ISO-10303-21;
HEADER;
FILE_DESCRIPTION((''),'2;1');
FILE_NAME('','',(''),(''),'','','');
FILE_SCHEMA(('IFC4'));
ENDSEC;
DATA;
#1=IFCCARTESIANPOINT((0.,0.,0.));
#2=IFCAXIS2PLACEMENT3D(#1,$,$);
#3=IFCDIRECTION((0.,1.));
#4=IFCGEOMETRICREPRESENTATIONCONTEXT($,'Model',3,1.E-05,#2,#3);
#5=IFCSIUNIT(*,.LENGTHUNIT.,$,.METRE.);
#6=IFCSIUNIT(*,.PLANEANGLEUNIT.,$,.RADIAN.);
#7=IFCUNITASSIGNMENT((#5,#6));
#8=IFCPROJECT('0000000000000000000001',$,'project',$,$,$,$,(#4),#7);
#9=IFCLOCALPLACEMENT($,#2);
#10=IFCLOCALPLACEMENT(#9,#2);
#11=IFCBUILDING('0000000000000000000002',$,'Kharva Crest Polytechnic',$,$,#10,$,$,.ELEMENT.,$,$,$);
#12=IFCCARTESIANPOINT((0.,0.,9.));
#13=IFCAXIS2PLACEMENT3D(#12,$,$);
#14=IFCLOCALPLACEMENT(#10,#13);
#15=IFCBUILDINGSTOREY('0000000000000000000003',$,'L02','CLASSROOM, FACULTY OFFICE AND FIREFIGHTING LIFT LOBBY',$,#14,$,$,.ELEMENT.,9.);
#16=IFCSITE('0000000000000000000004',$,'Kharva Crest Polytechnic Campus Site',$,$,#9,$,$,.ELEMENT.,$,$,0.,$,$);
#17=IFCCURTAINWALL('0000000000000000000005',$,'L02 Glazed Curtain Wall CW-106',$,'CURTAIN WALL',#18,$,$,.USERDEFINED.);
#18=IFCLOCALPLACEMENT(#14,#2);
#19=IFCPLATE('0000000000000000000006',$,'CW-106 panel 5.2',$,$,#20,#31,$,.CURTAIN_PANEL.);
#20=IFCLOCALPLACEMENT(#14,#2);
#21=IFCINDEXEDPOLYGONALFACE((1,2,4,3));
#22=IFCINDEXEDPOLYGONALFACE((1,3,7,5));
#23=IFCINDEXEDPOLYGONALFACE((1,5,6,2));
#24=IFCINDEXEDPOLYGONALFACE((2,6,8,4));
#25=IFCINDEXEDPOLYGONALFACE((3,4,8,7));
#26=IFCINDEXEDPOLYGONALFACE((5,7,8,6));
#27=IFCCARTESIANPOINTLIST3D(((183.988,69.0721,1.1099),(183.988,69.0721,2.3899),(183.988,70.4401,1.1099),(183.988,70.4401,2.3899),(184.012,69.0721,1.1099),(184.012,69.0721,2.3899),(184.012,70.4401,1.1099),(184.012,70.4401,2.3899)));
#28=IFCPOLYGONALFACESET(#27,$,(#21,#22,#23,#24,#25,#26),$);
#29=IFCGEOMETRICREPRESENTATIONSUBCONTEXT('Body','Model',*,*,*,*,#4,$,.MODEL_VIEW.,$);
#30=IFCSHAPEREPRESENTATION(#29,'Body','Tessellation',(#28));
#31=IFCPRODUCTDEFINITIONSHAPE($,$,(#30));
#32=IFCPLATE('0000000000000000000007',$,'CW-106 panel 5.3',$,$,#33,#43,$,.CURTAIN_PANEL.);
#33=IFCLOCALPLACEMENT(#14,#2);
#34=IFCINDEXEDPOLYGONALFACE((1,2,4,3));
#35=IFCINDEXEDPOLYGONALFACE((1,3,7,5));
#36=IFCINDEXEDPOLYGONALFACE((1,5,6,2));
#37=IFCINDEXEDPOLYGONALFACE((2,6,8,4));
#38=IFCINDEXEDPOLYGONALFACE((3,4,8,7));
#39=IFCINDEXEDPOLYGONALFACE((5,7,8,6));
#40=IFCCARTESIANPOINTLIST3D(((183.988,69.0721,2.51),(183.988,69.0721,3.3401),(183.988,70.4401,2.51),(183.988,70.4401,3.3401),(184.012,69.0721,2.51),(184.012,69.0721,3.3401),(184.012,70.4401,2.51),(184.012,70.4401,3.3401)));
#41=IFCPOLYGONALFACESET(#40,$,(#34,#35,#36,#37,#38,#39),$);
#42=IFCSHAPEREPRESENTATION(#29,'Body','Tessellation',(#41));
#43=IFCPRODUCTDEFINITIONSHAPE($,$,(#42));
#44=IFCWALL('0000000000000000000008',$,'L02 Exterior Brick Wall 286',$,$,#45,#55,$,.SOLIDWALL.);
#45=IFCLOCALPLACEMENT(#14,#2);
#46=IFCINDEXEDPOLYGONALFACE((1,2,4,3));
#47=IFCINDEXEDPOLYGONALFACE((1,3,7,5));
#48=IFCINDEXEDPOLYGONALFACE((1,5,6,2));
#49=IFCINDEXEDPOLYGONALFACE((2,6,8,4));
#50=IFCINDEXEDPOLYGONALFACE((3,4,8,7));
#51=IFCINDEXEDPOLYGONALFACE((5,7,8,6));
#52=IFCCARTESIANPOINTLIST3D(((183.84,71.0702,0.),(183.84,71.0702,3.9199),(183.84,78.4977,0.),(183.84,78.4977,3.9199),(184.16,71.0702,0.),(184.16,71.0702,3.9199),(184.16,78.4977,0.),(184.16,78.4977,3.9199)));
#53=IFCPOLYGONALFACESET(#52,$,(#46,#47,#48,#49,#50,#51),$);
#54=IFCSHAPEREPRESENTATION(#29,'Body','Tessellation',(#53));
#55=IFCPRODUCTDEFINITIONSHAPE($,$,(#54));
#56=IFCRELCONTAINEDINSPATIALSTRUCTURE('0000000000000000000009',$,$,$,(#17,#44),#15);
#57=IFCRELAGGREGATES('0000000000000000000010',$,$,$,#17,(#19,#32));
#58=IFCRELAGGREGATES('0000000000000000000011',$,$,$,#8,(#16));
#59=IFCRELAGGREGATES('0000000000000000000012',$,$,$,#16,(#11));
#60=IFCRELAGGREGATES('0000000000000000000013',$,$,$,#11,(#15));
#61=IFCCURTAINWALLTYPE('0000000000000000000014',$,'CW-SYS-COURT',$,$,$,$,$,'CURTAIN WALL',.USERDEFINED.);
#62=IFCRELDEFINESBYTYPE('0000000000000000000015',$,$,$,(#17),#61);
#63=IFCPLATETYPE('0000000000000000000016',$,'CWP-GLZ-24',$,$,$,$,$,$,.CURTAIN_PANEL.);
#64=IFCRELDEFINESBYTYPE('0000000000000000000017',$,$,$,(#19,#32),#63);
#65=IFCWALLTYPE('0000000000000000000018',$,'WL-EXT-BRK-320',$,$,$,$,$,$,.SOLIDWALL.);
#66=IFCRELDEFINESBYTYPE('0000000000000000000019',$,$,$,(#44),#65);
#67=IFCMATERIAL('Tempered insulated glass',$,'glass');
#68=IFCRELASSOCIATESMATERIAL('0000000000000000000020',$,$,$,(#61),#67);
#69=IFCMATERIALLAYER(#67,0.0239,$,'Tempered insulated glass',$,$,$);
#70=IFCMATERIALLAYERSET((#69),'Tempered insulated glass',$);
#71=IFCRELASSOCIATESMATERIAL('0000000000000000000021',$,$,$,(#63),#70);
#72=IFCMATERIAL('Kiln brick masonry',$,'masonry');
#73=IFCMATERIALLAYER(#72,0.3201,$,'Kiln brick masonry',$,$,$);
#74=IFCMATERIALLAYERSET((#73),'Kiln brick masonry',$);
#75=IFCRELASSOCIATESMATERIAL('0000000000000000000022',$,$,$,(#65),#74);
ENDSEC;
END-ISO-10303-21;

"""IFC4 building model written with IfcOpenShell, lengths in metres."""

from ifc_helpers import new_model, si_unit, direction, frame, frame_2d, origin, origin_2d, place, context, subcontext, project, spatial, rectangle, extrude, material, layer, layer_set, type_object, element, aggregate, save


model = new_model("IFC4")

# Units and contexts
model_context = context("Model", 3, precision=1e-05, world=origin(), true_north=direction((0.0, 1.0)))
body_context = subcontext(model_context, "Body", "Model", "MODEL_VIEW")
ifc_project = project(units=[si_unit("LENGTHUNIT", "METRE"), si_unit("PLANEANGLEUNIT", "RADIAN")], contexts=[model_context])

# Site, building, storey
site_placement = place(None, origin())
site = spatial("IfcSite", under=ifc_project, at=site_placement, Name="Kharva Crest Polytechnic Campus Site", CompositionType="ELEMENT", RefElevation=0.0)
building_placement = place(site_placement, origin())
building = spatial("IfcBuilding", under=site, at=building_placement, Name="Kharva Crest Polytechnic", CompositionType="ELEMENT")
storey_placement = place(building_placement, frame((0.0, 0.0, 9.0)))
storey = spatial("IfcBuildingStorey", under=building, at=storey_placement, Name="L02", Description="CLASSROOM, FACULTY OFFICE AND FIREFIGHTING LIFT LOBBY", CompositionType="ELEMENT", Elevation=9.0)

# Curtain wall, plates
ifc_material_1 = material(Name="Tempered insulated glass", Category="glass")
curtain_wall_type = type_object("IfcCurtainWallType", Name="CW-SYS-COURT", ElementType="CURTAIN WALL", PredefinedType="USERDEFINED", material=ifc_material_1)
curtain_wall_placement = place(storey_placement, origin())
curtain_wall = element("IfcCurtainWall", 1, at=curtain_wall_placement, inside=storey, type_object=curtain_wall_type, Name="L02 Glazed Curtain Wall CW-106", ObjectType="CURTAIN WALL", PredefinedType="USERDEFINED")
ifc_layer_1 = layer(ifc_material_1, 0.0239, Name="Tempered insulated glass")
ifc_layer_set_1 = layer_set([ifc_layer_1], Name="Tempered insulated glass")
plate_type = type_object("IfcPlateType", Name="CWP-GLZ-24", PredefinedType="CURTAIN_PANEL", material=ifc_layer_set_1)
plate_1_placement = place(storey_placement, frame((184.0, 69.7561, 1.1099), z_axis=(0.0, 0.0, 1.0), x_axis=(0.0, 1.0, 0.0)))
plate_1 = element("IfcPlate", 2, at=plate_1_placement, type_object=plate_type, Name="CW-106 panel 5.2", PredefinedType="CURTAIN_PANEL", context=body_context, shape_type="SweptSolid", body=[
    extrude(rectangle(XDim=1.3679, YDim=0.0239, at=origin_2d()), origin(), (0.0, 0.0, 1.0), 1.28),
])
plate_2_placement = place(storey_placement, frame((184.0, 69.7561, 2.51), z_axis=(0.0, 0.0, 1.0), x_axis=(0.0, 1.0, 0.0)))
plate_2 = element("IfcPlate", 3, at=plate_2_placement, type_object=plate_type, Name="CW-106 panel 5.3", PredefinedType="CURTAIN_PANEL", context=body_context, shape_type="SweptSolid", body=[
    extrude(rectangle(XDim=1.3679, YDim=0.0239, at=origin_2d()), origin(), (0.0, 0.0, 1.0), 0.8301),
])
aggregate(curtain_wall, [plate_1, plate_2])

# Wall
ifc_material_2 = material(Name="Kiln brick masonry", Category="masonry")
ifc_layer_2 = layer(ifc_material_2, 0.3201, Name="Kiln brick masonry")
ifc_layer_set_2 = layer_set([ifc_layer_2], Name="Kiln brick masonry")
wall_type = type_object("IfcWallType", Name="WL-EXT-BRK-320", PredefinedType="SOLIDWALL", material=ifc_layer_set_2)
wall_placement = place(storey_placement, frame((184.0, 71.0701, 0.0), z_axis=(0.0, 0.0, 1.0), x_axis=(0.0, 1.0, 0.0)))
element("IfcWall", 4, at=wall_placement, inside=storey, type_object=wall_type, Name="L02 Exterior Brick Wall 286", PredefinedType="SOLIDWALL", context=body_context, shape_type="SweptSolid", body=[
    extrude(rectangle(XDim=7.4275, YDim=0.3201, at=frame_2d((3.7139, 0.0))), origin(), (0.0, 0.0, 1.0), 3.9199),
])

save(model, "model.ifc")
